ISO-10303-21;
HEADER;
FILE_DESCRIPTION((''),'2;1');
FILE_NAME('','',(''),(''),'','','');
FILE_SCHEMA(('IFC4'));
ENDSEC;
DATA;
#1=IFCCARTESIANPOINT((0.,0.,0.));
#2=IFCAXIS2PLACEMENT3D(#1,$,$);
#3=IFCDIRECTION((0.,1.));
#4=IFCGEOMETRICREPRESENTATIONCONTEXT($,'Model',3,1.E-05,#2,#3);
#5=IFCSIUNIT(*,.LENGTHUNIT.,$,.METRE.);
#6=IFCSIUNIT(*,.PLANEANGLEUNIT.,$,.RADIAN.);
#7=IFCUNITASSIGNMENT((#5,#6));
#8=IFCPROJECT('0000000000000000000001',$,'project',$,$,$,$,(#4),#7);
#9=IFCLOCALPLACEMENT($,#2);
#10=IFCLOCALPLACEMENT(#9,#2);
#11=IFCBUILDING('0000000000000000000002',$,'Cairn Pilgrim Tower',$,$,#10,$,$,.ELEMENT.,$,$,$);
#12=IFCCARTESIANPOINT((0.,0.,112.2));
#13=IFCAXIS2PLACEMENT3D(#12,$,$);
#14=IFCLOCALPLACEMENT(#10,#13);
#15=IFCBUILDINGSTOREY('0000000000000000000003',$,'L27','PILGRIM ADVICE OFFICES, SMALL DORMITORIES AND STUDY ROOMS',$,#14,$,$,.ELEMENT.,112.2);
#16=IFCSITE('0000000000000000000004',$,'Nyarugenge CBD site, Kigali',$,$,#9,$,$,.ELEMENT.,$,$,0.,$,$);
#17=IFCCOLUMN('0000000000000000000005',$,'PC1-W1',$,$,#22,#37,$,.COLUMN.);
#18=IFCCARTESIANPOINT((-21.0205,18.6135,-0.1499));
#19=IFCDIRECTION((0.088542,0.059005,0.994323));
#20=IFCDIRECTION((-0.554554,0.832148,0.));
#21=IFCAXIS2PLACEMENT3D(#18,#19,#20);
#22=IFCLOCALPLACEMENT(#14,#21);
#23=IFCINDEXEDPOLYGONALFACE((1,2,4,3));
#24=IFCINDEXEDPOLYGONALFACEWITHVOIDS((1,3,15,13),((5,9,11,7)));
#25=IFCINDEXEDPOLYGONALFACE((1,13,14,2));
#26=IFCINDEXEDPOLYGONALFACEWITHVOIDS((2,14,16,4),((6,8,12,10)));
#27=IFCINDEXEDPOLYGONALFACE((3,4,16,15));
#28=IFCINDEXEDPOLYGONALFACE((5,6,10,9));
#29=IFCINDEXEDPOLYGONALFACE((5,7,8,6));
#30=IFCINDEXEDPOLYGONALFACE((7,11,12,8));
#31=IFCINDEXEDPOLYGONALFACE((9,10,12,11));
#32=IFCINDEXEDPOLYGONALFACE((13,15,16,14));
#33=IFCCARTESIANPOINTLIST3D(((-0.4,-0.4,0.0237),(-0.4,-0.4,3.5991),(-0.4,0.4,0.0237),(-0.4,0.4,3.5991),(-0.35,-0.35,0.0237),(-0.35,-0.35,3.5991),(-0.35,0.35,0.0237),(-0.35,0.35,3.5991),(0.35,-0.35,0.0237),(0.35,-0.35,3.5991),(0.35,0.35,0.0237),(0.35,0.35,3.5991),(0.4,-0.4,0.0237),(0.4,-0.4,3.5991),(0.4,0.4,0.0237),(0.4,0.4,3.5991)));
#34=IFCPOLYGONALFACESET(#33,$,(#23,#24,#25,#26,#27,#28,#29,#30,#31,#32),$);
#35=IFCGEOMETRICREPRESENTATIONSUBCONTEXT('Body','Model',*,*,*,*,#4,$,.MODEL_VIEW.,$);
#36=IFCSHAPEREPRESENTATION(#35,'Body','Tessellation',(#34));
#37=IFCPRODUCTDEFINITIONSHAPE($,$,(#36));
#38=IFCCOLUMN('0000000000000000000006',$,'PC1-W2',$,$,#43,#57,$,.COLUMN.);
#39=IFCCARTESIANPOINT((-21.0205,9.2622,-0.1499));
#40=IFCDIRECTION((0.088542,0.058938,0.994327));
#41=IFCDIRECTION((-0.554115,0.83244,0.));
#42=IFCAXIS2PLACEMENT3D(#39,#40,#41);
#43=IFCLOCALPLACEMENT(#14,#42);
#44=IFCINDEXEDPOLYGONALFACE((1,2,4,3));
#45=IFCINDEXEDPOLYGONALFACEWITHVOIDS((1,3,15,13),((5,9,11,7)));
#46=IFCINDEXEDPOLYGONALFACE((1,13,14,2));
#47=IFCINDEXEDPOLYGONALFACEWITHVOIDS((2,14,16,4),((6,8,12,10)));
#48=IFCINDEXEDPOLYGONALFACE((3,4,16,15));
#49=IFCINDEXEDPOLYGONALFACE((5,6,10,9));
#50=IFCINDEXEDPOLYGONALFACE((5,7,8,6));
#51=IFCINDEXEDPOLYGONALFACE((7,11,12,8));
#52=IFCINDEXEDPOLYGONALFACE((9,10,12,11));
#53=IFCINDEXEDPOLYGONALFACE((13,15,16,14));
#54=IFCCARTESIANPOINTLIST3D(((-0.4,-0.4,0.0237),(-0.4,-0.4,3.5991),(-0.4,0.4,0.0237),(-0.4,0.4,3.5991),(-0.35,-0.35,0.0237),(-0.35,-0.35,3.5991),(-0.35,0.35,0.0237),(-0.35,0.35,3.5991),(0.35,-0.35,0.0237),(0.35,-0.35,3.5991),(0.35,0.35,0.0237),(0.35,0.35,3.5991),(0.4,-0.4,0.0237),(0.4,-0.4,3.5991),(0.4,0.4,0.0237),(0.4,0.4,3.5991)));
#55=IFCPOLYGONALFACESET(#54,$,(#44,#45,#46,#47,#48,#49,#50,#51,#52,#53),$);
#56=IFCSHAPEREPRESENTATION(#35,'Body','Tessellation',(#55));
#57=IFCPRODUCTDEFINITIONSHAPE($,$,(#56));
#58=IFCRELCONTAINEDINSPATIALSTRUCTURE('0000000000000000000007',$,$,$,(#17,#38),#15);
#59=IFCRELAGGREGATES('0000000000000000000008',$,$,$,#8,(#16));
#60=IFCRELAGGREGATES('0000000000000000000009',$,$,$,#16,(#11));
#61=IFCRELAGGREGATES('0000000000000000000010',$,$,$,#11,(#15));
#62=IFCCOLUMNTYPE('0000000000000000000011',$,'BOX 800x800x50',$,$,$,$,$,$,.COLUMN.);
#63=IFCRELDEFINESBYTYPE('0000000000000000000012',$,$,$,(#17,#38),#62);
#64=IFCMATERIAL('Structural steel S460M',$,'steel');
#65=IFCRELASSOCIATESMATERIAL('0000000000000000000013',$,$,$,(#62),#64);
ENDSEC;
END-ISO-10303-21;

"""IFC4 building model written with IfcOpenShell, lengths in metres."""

from ifc_helpers import new_model, si_unit, direction, frame, origin, origin_2d, place, context, subcontext, project, spatial, hollow_rectangle, extrude, clip, halfspace, material, material_profile, profile_set, type_object, element, save


model = new_model("IFC4")

# Units and contexts
model_context = context("Model", 3, precision=1e-05, world=origin(), true_north=direction((0.0, 1.0)))
body_context = subcontext(model_context, "Body", "Model", "MODEL_VIEW")
ifc_project = project(units=[si_unit("LENGTHUNIT", "METRE"), si_unit("PLANEANGLEUNIT", "RADIAN")], contexts=[model_context])

# Site, building, storey
site_placement = place(None, origin())
site = spatial("IfcSite", under=ifc_project, at=site_placement, Name="Nyarugenge CBD site, Kigali", CompositionType="ELEMENT", RefElevation=0.0)
building_placement = place(site_placement, origin())
building = spatial("IfcBuilding", under=site, at=building_placement, Name="Cairn Pilgrim Tower", CompositionType="ELEMENT")
storey_placement = place(building_placement, frame((0.0, 0.0, 112.2)))
storey = spatial("IfcBuildingStorey", under=building, at=storey_placement, Name="L27", Description="PILGRIM ADVICE OFFICES, SMALL DORMITORIES AND STUDY ROOMS", CompositionType="ELEMENT", Elevation=112.2)

# Columns
ifc_material_1 = material(Name="Structural steel S460M", Category="steel")
ifc_material_profile_1 = material_profile(ifc_material_1, hollow_rectangle(XDim=0.8, YDim=0.8, WallThickness=0.05, at=origin_2d()), Name="BOX 800x800x50")
ifc_profile_set_1 = profile_set([ifc_material_profile_1], Name="Structural steel S460M")
column_type_1 = type_object("IfcColumnType", Name="BOX 800x800x50", PredefinedType="COLUMN", material=ifc_profile_set_1)
for number, where, z_axis, x_axis, name in (
    (1, (-21.0205, 18.6135, -0.1499), (0.088542, 0.059005, 0.994323), (-0.554554, 0.832148, 0.0), "PC1-W1"),
    (2, (-21.0205, 9.2622, -0.1499), (0.088542, 0.058938, 0.994327), (-0.554115, 0.83244, 0.0), "PC1-W2"),
):
    element("IfcColumn", number, at=place(storey_placement, frame(where, z_axis=z_axis, x_axis=x_axis)), inside=storey, type_object=column_type_1, Name=name, PredefinedType="COLUMN", context=body_context, shape_type="Clipping", body=[
        clip(clip(extrude(hollow_rectangle(XDim=0.8, YDim=0.8, WallThickness=0.05, at=origin_2d()), origin(), (0.0, 0.0, 1.0), 3.6204), halfspace(frame((0.0, 0.0, 0.0237), z_axis=(0.0, 0.0, 1.0), x_axis=(1.0, 0.0, 0.0)), True)), halfspace(frame((0.0, 0.0, 3.5991), z_axis=(0.0, 0.0, 1.0), x_axis=(1.0, 0.0, 0.0)), False)),
    ])

save(model, "model.ifc")
